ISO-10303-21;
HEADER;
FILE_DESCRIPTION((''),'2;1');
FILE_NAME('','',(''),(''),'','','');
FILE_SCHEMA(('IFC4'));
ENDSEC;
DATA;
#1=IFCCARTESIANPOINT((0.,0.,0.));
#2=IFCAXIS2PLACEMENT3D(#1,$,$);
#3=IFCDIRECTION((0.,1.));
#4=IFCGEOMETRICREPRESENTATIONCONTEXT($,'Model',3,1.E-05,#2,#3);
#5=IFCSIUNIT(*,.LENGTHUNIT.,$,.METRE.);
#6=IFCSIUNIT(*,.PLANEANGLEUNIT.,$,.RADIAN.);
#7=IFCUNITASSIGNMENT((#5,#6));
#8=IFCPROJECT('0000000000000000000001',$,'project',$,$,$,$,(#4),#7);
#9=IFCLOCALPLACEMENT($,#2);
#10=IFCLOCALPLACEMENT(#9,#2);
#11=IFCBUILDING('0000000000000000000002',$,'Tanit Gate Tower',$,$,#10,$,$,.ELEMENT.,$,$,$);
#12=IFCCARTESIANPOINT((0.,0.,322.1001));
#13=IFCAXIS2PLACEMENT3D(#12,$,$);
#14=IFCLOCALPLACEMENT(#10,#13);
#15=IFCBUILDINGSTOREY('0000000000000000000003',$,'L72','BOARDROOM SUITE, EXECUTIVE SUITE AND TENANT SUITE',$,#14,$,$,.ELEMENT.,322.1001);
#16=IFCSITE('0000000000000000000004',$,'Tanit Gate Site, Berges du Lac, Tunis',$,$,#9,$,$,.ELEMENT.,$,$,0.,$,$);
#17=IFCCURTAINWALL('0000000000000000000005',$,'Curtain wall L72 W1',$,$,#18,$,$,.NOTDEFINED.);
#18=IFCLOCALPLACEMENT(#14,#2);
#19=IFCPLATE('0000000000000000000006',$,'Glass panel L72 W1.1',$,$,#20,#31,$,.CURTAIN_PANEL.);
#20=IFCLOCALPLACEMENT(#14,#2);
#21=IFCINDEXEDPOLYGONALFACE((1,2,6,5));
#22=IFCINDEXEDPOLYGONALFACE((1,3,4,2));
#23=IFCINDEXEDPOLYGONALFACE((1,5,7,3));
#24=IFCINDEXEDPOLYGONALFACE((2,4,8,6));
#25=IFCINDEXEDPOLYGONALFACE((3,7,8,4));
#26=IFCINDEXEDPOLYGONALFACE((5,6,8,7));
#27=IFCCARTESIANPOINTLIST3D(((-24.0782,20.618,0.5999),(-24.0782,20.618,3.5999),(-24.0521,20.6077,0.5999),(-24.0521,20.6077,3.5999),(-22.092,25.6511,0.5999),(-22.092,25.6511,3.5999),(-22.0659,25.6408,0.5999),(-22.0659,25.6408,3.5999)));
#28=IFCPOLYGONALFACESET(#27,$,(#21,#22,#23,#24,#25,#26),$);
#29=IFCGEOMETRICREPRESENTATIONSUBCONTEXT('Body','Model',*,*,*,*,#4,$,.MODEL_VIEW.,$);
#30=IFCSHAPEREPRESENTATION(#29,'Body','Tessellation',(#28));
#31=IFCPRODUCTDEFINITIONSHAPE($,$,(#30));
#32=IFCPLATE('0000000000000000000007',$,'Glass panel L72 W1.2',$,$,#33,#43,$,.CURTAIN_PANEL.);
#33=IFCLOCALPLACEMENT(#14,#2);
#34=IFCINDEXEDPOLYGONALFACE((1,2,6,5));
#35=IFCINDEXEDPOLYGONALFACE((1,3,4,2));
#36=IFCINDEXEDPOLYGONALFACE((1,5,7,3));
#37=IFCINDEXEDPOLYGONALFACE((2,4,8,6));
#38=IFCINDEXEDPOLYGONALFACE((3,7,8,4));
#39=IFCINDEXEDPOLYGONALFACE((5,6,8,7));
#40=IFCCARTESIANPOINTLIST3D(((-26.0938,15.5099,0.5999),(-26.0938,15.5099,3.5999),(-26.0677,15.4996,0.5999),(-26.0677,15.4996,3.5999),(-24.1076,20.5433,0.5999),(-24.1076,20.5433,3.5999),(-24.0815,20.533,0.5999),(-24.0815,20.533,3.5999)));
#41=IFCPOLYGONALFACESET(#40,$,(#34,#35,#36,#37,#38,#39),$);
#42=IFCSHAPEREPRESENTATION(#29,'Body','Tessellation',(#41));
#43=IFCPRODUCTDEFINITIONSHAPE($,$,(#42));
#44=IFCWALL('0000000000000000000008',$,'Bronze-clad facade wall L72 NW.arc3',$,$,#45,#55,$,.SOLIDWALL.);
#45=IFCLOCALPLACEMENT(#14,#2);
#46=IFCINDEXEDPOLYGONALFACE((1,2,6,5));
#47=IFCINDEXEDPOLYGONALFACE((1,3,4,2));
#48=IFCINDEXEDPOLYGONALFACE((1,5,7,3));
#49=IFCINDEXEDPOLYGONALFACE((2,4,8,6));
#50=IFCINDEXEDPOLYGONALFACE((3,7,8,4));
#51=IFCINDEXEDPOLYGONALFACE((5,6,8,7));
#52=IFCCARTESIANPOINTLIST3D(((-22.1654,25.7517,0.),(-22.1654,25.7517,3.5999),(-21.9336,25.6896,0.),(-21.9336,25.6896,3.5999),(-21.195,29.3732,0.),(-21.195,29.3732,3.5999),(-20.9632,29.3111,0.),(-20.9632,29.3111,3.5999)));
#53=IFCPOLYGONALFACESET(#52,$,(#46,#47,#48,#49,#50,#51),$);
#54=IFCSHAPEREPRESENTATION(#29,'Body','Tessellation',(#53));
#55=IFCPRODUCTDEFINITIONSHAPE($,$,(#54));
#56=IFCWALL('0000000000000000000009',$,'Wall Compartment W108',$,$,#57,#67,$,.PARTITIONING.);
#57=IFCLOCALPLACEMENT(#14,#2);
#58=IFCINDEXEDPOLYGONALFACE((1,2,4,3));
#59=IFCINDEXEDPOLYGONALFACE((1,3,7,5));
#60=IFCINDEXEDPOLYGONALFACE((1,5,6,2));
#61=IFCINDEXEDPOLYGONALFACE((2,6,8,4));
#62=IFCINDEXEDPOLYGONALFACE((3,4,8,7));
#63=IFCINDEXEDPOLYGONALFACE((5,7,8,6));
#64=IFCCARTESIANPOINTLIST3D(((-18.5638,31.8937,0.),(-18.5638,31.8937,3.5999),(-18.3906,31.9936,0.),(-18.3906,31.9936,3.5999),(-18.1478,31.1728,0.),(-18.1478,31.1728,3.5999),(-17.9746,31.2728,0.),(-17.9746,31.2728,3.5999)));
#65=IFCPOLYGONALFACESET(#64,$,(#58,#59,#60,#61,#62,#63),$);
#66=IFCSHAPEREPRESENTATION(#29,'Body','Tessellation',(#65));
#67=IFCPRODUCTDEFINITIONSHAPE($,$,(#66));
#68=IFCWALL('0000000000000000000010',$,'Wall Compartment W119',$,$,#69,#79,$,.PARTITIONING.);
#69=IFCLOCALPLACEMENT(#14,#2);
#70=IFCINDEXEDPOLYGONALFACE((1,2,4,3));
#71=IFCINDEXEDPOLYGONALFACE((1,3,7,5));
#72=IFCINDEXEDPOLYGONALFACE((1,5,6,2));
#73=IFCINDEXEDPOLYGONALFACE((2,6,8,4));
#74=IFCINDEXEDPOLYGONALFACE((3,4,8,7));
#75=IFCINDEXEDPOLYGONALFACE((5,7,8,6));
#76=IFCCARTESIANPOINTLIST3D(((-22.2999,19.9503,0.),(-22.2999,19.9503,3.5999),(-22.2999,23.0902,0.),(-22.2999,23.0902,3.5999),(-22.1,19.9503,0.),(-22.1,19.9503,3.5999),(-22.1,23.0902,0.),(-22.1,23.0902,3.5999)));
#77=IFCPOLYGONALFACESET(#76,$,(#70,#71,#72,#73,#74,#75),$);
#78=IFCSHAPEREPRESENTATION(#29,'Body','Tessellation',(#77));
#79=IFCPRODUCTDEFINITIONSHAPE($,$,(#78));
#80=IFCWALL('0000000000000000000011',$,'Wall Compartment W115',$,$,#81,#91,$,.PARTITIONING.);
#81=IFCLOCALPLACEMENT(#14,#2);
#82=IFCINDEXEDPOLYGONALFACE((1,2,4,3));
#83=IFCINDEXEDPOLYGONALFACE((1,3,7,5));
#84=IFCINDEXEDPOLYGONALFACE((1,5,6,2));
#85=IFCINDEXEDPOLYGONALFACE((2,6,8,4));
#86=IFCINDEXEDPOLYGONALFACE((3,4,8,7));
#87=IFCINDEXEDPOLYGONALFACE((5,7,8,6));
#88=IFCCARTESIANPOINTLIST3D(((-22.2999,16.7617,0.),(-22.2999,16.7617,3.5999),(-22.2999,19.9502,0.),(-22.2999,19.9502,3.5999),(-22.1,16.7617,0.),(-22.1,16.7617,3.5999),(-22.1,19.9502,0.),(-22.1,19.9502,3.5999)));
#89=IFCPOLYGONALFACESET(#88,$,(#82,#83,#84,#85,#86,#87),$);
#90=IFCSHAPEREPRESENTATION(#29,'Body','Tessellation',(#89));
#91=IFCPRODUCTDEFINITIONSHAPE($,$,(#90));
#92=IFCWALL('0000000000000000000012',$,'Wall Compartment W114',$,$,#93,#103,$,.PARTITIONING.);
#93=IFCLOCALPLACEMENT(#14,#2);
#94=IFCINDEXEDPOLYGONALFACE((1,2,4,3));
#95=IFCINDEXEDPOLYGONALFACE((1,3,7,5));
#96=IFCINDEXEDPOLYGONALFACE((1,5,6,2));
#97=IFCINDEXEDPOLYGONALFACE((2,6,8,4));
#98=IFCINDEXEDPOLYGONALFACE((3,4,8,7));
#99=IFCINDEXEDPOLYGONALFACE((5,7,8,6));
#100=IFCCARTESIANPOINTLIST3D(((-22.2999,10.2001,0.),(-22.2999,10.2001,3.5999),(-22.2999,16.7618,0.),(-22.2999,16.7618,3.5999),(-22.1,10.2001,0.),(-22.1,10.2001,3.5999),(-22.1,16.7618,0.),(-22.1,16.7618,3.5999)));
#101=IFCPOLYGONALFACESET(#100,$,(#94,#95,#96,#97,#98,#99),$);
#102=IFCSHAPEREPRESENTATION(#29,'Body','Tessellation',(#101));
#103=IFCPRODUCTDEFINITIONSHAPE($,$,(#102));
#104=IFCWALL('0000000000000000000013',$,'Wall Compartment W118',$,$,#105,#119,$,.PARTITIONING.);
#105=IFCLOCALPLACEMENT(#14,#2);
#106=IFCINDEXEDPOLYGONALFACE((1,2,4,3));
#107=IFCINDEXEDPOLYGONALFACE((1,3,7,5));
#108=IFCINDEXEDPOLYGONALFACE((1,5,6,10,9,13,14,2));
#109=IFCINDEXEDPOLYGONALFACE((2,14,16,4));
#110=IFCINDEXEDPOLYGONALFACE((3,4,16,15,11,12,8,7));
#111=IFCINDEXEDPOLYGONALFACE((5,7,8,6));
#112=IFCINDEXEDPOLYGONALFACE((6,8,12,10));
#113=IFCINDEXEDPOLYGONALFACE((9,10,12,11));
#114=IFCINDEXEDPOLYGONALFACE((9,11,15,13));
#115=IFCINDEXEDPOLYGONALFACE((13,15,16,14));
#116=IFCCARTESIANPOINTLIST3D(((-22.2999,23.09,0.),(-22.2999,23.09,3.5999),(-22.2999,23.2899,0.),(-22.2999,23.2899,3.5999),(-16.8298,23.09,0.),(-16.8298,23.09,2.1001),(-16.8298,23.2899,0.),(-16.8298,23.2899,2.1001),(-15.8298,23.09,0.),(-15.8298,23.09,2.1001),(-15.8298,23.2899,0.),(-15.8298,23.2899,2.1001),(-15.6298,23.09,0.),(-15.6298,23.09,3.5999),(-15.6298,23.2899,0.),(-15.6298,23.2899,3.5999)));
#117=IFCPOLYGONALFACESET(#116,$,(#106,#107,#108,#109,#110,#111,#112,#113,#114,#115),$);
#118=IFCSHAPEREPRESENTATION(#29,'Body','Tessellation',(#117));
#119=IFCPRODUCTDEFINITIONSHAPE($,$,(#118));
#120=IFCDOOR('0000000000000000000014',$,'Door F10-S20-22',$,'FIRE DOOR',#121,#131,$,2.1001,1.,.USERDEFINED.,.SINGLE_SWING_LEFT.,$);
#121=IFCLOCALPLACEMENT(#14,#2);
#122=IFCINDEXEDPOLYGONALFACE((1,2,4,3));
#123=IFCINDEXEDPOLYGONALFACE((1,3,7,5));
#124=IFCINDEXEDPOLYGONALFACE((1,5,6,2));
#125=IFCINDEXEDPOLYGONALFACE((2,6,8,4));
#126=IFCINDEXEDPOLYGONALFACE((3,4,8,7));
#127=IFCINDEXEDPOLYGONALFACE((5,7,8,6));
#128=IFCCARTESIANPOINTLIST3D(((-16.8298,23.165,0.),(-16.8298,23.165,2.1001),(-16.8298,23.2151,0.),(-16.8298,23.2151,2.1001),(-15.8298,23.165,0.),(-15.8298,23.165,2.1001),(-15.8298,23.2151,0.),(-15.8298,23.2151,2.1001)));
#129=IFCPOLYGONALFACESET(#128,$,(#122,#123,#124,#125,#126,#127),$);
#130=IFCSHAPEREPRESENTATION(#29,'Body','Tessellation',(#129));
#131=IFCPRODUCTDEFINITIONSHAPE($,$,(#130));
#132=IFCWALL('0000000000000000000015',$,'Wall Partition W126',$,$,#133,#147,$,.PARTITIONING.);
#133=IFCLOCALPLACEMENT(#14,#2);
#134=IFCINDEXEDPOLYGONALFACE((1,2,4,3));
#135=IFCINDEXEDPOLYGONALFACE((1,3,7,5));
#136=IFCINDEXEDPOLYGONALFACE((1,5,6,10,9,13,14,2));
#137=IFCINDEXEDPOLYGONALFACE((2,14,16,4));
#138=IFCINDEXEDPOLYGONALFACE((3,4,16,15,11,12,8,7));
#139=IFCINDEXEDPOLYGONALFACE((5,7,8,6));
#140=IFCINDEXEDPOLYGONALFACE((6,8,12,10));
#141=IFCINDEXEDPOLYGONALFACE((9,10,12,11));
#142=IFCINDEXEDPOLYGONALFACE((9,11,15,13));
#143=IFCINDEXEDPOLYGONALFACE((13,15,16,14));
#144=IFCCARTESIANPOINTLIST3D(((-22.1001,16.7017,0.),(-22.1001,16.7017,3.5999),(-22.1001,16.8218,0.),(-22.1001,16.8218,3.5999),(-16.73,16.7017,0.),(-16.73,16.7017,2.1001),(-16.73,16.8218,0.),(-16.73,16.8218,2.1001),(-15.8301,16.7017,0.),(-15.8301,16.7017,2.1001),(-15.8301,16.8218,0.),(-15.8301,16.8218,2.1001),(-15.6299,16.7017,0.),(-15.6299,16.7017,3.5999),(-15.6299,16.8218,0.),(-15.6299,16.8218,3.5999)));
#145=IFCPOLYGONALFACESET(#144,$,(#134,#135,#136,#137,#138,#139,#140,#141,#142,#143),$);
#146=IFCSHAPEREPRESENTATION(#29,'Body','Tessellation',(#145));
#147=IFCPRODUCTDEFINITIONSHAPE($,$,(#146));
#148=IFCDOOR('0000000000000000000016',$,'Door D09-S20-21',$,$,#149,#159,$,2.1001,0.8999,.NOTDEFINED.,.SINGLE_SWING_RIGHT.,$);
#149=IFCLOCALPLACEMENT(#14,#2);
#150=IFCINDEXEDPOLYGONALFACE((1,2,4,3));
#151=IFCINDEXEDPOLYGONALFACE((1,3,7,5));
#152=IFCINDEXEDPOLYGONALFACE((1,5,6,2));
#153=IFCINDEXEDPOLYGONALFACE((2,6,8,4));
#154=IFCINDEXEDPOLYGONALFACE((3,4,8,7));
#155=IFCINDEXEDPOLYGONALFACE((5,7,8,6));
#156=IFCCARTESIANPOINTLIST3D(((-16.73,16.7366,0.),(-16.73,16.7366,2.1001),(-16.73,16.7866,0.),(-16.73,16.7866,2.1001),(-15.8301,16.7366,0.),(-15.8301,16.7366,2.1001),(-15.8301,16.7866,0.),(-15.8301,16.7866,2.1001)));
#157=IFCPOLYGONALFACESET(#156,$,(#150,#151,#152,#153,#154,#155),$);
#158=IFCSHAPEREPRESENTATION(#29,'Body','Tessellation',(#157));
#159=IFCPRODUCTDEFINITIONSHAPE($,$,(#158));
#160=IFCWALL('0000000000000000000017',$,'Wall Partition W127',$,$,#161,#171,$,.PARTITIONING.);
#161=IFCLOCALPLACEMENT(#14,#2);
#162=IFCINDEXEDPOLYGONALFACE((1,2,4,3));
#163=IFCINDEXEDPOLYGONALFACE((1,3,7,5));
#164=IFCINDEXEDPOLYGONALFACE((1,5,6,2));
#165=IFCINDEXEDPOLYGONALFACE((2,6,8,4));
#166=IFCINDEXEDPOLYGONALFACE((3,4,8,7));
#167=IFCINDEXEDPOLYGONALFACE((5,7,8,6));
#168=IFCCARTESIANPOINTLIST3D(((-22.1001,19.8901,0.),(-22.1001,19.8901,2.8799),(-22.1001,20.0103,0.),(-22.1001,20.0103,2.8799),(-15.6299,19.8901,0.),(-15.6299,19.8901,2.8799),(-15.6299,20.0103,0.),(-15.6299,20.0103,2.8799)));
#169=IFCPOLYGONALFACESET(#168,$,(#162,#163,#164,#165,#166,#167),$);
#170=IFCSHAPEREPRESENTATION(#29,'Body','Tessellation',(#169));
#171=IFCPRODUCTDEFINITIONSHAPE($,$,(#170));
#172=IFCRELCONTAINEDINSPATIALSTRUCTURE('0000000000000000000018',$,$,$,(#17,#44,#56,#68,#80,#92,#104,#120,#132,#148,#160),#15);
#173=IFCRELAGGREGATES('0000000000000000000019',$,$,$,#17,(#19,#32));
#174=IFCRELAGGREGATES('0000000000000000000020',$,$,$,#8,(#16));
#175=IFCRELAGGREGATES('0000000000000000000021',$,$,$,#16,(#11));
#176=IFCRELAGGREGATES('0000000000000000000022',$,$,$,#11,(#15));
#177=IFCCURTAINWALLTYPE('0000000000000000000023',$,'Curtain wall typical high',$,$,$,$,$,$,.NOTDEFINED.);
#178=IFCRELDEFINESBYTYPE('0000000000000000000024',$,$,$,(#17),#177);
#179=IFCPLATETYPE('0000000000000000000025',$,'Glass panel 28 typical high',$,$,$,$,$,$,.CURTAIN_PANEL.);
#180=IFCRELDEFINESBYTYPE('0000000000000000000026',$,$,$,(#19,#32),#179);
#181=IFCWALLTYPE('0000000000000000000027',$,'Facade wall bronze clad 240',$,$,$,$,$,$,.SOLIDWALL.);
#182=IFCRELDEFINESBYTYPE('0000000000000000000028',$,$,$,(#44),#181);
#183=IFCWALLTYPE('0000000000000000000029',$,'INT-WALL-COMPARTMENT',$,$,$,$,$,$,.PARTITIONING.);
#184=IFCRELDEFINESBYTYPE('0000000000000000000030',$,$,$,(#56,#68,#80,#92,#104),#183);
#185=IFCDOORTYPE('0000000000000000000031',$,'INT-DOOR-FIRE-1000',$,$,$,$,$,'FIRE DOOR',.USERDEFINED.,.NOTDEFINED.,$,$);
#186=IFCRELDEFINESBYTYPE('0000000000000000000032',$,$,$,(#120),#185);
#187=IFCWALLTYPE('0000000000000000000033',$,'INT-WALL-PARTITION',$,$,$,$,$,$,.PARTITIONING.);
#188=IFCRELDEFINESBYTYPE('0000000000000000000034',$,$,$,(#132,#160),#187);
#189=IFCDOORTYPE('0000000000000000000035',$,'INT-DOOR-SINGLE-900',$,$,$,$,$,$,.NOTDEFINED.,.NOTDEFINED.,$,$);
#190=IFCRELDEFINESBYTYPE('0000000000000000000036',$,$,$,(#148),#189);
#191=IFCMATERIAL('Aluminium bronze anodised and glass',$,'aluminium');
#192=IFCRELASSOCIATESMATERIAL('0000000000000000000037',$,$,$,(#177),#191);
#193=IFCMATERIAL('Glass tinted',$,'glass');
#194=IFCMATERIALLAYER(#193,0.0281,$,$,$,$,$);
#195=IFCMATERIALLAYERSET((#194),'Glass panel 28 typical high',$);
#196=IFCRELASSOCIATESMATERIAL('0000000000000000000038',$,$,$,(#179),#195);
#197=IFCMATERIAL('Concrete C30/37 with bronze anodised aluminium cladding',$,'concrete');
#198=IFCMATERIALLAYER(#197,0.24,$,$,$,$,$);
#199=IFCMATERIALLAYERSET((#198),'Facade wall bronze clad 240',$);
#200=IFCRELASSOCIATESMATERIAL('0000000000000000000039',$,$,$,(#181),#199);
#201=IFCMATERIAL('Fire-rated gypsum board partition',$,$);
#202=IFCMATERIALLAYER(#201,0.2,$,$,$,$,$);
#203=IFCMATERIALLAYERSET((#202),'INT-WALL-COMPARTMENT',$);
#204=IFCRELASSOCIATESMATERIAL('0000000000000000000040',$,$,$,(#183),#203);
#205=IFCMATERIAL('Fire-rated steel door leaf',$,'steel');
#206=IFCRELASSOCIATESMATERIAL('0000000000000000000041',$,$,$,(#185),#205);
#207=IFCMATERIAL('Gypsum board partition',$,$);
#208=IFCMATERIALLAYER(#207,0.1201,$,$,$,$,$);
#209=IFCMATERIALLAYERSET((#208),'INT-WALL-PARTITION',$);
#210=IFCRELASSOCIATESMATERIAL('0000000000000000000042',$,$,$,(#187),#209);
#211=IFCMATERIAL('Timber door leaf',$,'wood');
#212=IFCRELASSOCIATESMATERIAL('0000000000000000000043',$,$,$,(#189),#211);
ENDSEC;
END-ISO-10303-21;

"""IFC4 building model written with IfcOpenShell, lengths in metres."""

from ifc_helpers import new_model, si_unit, direction, frame, frame_2d, origin, origin_2d, place, context, subcontext, project, spatial, rectangle, extrude, material, layer, layer_set, type_object, element, fill, aggregate, save


model = new_model("IFC4")

# Units and contexts
model_context = context("Model", 3, precision=1e-05, world=origin(), true_north=direction((0.0, 1.0)))
body_context = subcontext(model_context, "Body", "Model", "MODEL_VIEW")
ifc_project = project(units=[si_unit("LENGTHUNIT", "METRE"), si_unit("PLANEANGLEUNIT", "RADIAN")], contexts=[model_context])

# Site, building, storey
site_placement = place(None, origin())
site = spatial("IfcSite", under=ifc_project, at=site_placement, Name="Tanit Gate Site, Berges du Lac, Tunis", CompositionType="ELEMENT", RefElevation=0.0)
building_placement = place(site_placement, origin())
building = spatial("IfcBuilding", under=site, at=building_placement, Name="Tanit Gate Tower", CompositionType="ELEMENT")
storey_placement = place(building_placement, frame((0.0, 0.0, 322.1001)))
storey = spatial("IfcBuildingStorey", under=building, at=storey_placement, Name="L72", Description="BOARDROOM SUITE, EXECUTIVE SUITE AND TENANT SUITE", CompositionType="ELEMENT", Elevation=322.1001)

# Curtain wall
ifc_material_1 = material(Name="Aluminium bronze anodised and glass", Category="aluminium")
curtain_wall_type = type_object("IfcCurtainWallType", Name="Curtain wall typical high", PredefinedType="NOTDEFINED", material=ifc_material_1)
curtain_wall_placement = place(storey_placement, origin())
curtain_wall = element("IfcCurtainWall", 1, at=curtain_wall_placement, inside=storey, type_object=curtain_wall_type, Name="Curtain wall L72 W1", PredefinedType="NOTDEFINED")

# Plates
ifc_material_2 = material(Name="Glass tinted", Category="glass")
ifc_layer_1 = layer(ifc_material_2, 0.0281)
ifc_layer_set_1 = layer_set([ifc_layer_1], Name="Glass panel 28 typical high")
plate_type = type_object("IfcPlateType", Name="Glass panel 28 typical high", PredefinedType="CURTAIN_PANEL", material=ifc_layer_set_1)
plate_1_placement = place(storey_placement, frame((-23.072, 23.1294, 0.5999), z_axis=(0.0, 0.0, 1.0), x_axis=(-0.36707, -0.930193, 0.0)))
plate_1 = element("IfcPlate", 2, at=plate_1_placement, type_object=plate_type, Name="Glass panel L72 W1.1", PredefinedType="CURTAIN_PANEL", context=body_context, shape_type="SweptSolid", body=[
    extrude(rectangle(XDim=5.4109, YDim=0.0281, at=origin_2d()), origin(), (0.0, 0.0, 1.0), 3.0),
])
plate_2_placement = place(storey_placement, frame((-25.0876, 18.0215, 0.5999), z_axis=(0.0, 0.0, 1.0), x_axis=(-0.36707, -0.930193, 0.0)))
plate_2 = element("IfcPlate", 3, at=plate_2_placement, type_object=plate_type, Name="Glass panel L72 W1.2", PredefinedType="CURTAIN_PANEL", context=body_context, shape_type="SweptSolid", body=[
    extrude(rectangle(XDim=5.4111, YDim=0.0281, at=origin_2d()), origin(), (0.0, 0.0, 1.0), 3.0),
])
aggregate(curtain_wall, [plate_1, plate_2])

# Walls
ifc_material_3 = material(Name="Concrete C30/37 with bronze anodised aluminium cladding", Category="concrete")
ifc_layer_2 = layer(ifc_material_3, 0.24)
ifc_layer_set_2 = layer_set([ifc_layer_2], Name="Facade wall bronze clad 240")
wall_type_1 = type_object("IfcWallType", Name="Facade wall bronze clad 240", PredefinedType="SOLIDWALL", material=ifc_layer_set_2)
wall_1_placement = place(storey_placement, frame((-21.0791, 29.342, 0.0), z_axis=(0.0, 0.0, 1.0), x_axis=(-0.258834, -0.965922, 0.0)))
element("IfcWall", 4, at=wall_1_placement, inside=storey, type_object=wall_type_1, Name="Bronze-clad facade wall L72 NW.arc3", PredefinedType="SOLIDWALL", context=body_context, shape_type="SweptSolid", body=[
    extrude(rectangle(XDim=3.7493, YDim=0.24, at=frame_2d((1.8745, 0.0))), origin(), (0.0, 0.0, 1.0), 3.5999),
])
ifc_material_4 = material(Name="Fire-rated gypsum board partition")
ifc_layer_3 = layer(ifc_material_4, 0.2)
ifc_layer_set_3 = layer_set([ifc_layer_3], Name="INT-WALL-COMPARTMENT")
wall_type_2 = type_object("IfcWallType", Name="INT-WALL-COMPARTMENT", PredefinedType="PARTITIONING", material=ifc_layer_set_3)
wall_2_placement = place(storey_placement, frame((-18.0613, 31.2229, 0.0), z_axis=(0.0, 0.0, 1.0), x_axis=(-0.499799, 0.866142, 0.0)))
element("IfcWall", 5, at=wall_2_placement, inside=storey, type_object=wall_type_2, Name="Wall Compartment W108", PredefinedType="PARTITIONING", context=body_context, shape_type="SweptSolid", body=[
    extrude(rectangle(XDim=0.8323, YDim=0.2, at=frame_2d((0.416, 0.0))), origin(), (0.0, 0.0, 1.0), 3.5999),
])
wall_3_placement = place(storey_placement, frame((-22.2, 23.0901, 0.0), z_axis=(0.0, 0.0, 1.0), x_axis=(0.0, -1.0, 0.0)))
element("IfcWall", 6, at=wall_3_placement, inside=storey, type_object=wall_type_2, Name="Wall Compartment W119", PredefinedType="PARTITIONING", context=body_context, shape_type="SweptSolid", body=[
    extrude(rectangle(XDim=3.1399, YDim=0.2, at=frame_2d((1.5698, 0.0))), origin(), (0.0, 0.0, 1.0), 3.5999),
])
wall_4_placement = place(storey_placement, frame((-22.2, 19.9502, 0.0), z_axis=(0.0, 0.0, 1.0), x_axis=(0.0, -1.0, 0.0)))
element("IfcWall", 7, at=wall_4_placement, inside=storey, type_object=wall_type_2, Name="Wall Compartment W115", PredefinedType="PARTITIONING", context=body_context, shape_type="SweptSolid", body=[
    extrude(rectangle(XDim=3.1885, YDim=0.2, at=frame_2d((1.5942, 0.0))), origin(), (0.0, 0.0, 1.0), 3.5999),
])
wall_5_placement = place(storey_placement, frame((-22.2, 16.7617, 0.0), z_axis=(0.0, 0.0, 1.0), x_axis=(0.0, -1.0, 0.0)))
element("IfcWall", 8, at=wall_5_placement, inside=storey, type_object=wall_type_2, Name="Wall Compartment W114", PredefinedType="PARTITIONING", context=body_context, shape_type="SweptSolid", body=[
    extrude(rectangle(XDim=6.5618, YDim=0.2, at=frame_2d((3.2808, 0.0))), origin(), (0.0, 0.0, 1.0), 3.5999),
])

# Walls, openings, doors
wall_6_placement = place(storey_placement, frame((-15.6299, 23.1899, 0.0), z_axis=(0.0, 0.0, 1.0), x_axis=(-1.0, 0.0, 0.0)))
wall_6 = element("IfcWall", 9, at=wall_6_placement, inside=storey, type_object=wall_type_2, Name="Wall Compartment W118", PredefinedType="PARTITIONING", context=body_context, shape_type="SweptSolid", body=[
    extrude(rectangle(XDim=6.6702, YDim=0.2, at=frame_2d((3.335, 0.0))), origin(), (0.0, 0.0, 1.0), 3.5999),
])
opening_1_placement = place(wall_6_placement, frame((0.2, 0.0, 0.0)))
opening_1 = element("IfcOpeningElement", 10, at=opening_1_placement, cuts=wall_6, PredefinedType="OPENING", context=body_context, shape_type="SweptSolid", body=[
    extrude(rectangle(XDim=1.0, YDim=2.1001, at=frame_2d((0.5, 1.05))), frame((0.0, 0.1099, 0.0), z_axis=(0.0, -1.0, 0.0), x_axis=(1.0, 0.0, 0.0)), (0.0, 0.0, 1.0), 0.22),
])
ifc_material_5 = material(Name="Fire-rated steel door leaf", Category="steel")
door_type_1 = type_object("IfcDoorType", Name="INT-DOOR-FIRE-1000", ElementType="FIRE DOOR", OperationType="NOTDEFINED", PredefinedType="USERDEFINED", material=ifc_material_5)
door_1_placement = place(opening_1_placement, origin())
door_1 = element("IfcDoor", 11, at=door_1_placement, inside=storey, type_object=door_type_1, Name="Door F10-S20-22", ObjectType="FIRE DOOR", OperationType="SINGLE_SWING_LEFT", OverallHeight=2.1001, OverallWidth=1.0, PredefinedType="USERDEFINED", context=body_context, shape_type="SweptSolid", body=[
    extrude(rectangle(XDim=1.0, YDim=2.1001, at=frame_2d((0.5, 1.05))), frame((0.0, 0.0249, 0.0), z_axis=(0.0, -1.0, 0.0), x_axis=(1.0, 0.0, 0.0)), (0.0, 0.0, 1.0), 0.05),
])
fill(opening_1, door_1)
ifc_material_6 = material(Name="Gypsum board partition")
ifc_layer_4 = layer(ifc_material_6, 0.1201)
ifc_layer_set_4 = layer_set([ifc_layer_4], Name="INT-WALL-PARTITION")
wall_type_3 = type_object("IfcWallType", Name="INT-WALL-PARTITION", PredefinedType="PARTITIONING", material=ifc_layer_set_4)
wall_7_placement = place(storey_placement, frame((-22.1001, 16.7617, 0.0), z_axis=(0.0, 0.0, 1.0), x_axis=(1.0, 0.0, 0.0)))
wall_7 = element("IfcWall", 12, at=wall_7_placement, inside=storey, type_object=wall_type_3, Name="Wall Partition W126", PredefinedType="PARTITIONING", context=body_context, shape_type="SweptSolid", body=[
    extrude(rectangle(XDim=6.4702, YDim=0.1201, at=frame_2d((3.2351, 0.0))), origin(), (0.0, 0.0, 1.0), 3.5999),
])
opening_2_placement = place(wall_7_placement, frame((5.3701, 0.0, 0.0)))
opening_2 = element("IfcOpeningElement", 13, at=opening_2_placement, cuts=wall_7, PredefinedType="OPENING", context=body_context, shape_type="SweptSolid", body=[
    extrude(rectangle(XDim=0.8999, YDim=2.1001, at=frame_2d((0.45, 1.05))), frame((0.0, 0.0701, 0.0), z_axis=(0.0, -1.0, 0.0), x_axis=(1.0, 0.0, 0.0)), (0.0, 0.0, 1.0), 0.1401),
])
ifc_material_7 = material(Name="Timber door leaf", Category="wood")
door_type_2 = type_object("IfcDoorType", Name="INT-DOOR-SINGLE-900", OperationType="NOTDEFINED", PredefinedType="NOTDEFINED", material=ifc_material_7)
door_2_placement = place(opening_2_placement, origin())
door_2 = element("IfcDoor", 14, at=door_2_placement, inside=storey, type_object=door_type_2, Name="Door D09-S20-21", OperationType="SINGLE_SWING_RIGHT", OverallHeight=2.1001, OverallWidth=0.8999, PredefinedType="NOTDEFINED", context=body_context, shape_type="SweptSolid", body=[
    extrude(rectangle(XDim=0.8999, YDim=2.1001, at=frame_2d((0.45, 1.05))), frame((0.0, 0.0249, 0.0), z_axis=(0.0, -1.0, 0.0), x_axis=(1.0, 0.0, 0.0)), (0.0, 0.0, 1.0), 0.05),
])
fill(opening_2, door_2)

# Wall
wall_8_placement = place(storey_placement, frame((-22.1001, 19.9502, 0.0), z_axis=(0.0, 0.0, 1.0), x_axis=(1.0, 0.0, 0.0)))
element("IfcWall", 15, at=wall_8_placement, inside=storey, type_object=wall_type_3, Name="Wall Partition W127", PredefinedType="PARTITIONING", context=body_context, shape_type="SweptSolid", body=[
    extrude(rectangle(XDim=6.4702, YDim=0.1201, at=frame_2d((3.2351, 0.0))), origin(), (0.0, 0.0, 1.0), 2.8799),
])

save(model, "model.ifc")
